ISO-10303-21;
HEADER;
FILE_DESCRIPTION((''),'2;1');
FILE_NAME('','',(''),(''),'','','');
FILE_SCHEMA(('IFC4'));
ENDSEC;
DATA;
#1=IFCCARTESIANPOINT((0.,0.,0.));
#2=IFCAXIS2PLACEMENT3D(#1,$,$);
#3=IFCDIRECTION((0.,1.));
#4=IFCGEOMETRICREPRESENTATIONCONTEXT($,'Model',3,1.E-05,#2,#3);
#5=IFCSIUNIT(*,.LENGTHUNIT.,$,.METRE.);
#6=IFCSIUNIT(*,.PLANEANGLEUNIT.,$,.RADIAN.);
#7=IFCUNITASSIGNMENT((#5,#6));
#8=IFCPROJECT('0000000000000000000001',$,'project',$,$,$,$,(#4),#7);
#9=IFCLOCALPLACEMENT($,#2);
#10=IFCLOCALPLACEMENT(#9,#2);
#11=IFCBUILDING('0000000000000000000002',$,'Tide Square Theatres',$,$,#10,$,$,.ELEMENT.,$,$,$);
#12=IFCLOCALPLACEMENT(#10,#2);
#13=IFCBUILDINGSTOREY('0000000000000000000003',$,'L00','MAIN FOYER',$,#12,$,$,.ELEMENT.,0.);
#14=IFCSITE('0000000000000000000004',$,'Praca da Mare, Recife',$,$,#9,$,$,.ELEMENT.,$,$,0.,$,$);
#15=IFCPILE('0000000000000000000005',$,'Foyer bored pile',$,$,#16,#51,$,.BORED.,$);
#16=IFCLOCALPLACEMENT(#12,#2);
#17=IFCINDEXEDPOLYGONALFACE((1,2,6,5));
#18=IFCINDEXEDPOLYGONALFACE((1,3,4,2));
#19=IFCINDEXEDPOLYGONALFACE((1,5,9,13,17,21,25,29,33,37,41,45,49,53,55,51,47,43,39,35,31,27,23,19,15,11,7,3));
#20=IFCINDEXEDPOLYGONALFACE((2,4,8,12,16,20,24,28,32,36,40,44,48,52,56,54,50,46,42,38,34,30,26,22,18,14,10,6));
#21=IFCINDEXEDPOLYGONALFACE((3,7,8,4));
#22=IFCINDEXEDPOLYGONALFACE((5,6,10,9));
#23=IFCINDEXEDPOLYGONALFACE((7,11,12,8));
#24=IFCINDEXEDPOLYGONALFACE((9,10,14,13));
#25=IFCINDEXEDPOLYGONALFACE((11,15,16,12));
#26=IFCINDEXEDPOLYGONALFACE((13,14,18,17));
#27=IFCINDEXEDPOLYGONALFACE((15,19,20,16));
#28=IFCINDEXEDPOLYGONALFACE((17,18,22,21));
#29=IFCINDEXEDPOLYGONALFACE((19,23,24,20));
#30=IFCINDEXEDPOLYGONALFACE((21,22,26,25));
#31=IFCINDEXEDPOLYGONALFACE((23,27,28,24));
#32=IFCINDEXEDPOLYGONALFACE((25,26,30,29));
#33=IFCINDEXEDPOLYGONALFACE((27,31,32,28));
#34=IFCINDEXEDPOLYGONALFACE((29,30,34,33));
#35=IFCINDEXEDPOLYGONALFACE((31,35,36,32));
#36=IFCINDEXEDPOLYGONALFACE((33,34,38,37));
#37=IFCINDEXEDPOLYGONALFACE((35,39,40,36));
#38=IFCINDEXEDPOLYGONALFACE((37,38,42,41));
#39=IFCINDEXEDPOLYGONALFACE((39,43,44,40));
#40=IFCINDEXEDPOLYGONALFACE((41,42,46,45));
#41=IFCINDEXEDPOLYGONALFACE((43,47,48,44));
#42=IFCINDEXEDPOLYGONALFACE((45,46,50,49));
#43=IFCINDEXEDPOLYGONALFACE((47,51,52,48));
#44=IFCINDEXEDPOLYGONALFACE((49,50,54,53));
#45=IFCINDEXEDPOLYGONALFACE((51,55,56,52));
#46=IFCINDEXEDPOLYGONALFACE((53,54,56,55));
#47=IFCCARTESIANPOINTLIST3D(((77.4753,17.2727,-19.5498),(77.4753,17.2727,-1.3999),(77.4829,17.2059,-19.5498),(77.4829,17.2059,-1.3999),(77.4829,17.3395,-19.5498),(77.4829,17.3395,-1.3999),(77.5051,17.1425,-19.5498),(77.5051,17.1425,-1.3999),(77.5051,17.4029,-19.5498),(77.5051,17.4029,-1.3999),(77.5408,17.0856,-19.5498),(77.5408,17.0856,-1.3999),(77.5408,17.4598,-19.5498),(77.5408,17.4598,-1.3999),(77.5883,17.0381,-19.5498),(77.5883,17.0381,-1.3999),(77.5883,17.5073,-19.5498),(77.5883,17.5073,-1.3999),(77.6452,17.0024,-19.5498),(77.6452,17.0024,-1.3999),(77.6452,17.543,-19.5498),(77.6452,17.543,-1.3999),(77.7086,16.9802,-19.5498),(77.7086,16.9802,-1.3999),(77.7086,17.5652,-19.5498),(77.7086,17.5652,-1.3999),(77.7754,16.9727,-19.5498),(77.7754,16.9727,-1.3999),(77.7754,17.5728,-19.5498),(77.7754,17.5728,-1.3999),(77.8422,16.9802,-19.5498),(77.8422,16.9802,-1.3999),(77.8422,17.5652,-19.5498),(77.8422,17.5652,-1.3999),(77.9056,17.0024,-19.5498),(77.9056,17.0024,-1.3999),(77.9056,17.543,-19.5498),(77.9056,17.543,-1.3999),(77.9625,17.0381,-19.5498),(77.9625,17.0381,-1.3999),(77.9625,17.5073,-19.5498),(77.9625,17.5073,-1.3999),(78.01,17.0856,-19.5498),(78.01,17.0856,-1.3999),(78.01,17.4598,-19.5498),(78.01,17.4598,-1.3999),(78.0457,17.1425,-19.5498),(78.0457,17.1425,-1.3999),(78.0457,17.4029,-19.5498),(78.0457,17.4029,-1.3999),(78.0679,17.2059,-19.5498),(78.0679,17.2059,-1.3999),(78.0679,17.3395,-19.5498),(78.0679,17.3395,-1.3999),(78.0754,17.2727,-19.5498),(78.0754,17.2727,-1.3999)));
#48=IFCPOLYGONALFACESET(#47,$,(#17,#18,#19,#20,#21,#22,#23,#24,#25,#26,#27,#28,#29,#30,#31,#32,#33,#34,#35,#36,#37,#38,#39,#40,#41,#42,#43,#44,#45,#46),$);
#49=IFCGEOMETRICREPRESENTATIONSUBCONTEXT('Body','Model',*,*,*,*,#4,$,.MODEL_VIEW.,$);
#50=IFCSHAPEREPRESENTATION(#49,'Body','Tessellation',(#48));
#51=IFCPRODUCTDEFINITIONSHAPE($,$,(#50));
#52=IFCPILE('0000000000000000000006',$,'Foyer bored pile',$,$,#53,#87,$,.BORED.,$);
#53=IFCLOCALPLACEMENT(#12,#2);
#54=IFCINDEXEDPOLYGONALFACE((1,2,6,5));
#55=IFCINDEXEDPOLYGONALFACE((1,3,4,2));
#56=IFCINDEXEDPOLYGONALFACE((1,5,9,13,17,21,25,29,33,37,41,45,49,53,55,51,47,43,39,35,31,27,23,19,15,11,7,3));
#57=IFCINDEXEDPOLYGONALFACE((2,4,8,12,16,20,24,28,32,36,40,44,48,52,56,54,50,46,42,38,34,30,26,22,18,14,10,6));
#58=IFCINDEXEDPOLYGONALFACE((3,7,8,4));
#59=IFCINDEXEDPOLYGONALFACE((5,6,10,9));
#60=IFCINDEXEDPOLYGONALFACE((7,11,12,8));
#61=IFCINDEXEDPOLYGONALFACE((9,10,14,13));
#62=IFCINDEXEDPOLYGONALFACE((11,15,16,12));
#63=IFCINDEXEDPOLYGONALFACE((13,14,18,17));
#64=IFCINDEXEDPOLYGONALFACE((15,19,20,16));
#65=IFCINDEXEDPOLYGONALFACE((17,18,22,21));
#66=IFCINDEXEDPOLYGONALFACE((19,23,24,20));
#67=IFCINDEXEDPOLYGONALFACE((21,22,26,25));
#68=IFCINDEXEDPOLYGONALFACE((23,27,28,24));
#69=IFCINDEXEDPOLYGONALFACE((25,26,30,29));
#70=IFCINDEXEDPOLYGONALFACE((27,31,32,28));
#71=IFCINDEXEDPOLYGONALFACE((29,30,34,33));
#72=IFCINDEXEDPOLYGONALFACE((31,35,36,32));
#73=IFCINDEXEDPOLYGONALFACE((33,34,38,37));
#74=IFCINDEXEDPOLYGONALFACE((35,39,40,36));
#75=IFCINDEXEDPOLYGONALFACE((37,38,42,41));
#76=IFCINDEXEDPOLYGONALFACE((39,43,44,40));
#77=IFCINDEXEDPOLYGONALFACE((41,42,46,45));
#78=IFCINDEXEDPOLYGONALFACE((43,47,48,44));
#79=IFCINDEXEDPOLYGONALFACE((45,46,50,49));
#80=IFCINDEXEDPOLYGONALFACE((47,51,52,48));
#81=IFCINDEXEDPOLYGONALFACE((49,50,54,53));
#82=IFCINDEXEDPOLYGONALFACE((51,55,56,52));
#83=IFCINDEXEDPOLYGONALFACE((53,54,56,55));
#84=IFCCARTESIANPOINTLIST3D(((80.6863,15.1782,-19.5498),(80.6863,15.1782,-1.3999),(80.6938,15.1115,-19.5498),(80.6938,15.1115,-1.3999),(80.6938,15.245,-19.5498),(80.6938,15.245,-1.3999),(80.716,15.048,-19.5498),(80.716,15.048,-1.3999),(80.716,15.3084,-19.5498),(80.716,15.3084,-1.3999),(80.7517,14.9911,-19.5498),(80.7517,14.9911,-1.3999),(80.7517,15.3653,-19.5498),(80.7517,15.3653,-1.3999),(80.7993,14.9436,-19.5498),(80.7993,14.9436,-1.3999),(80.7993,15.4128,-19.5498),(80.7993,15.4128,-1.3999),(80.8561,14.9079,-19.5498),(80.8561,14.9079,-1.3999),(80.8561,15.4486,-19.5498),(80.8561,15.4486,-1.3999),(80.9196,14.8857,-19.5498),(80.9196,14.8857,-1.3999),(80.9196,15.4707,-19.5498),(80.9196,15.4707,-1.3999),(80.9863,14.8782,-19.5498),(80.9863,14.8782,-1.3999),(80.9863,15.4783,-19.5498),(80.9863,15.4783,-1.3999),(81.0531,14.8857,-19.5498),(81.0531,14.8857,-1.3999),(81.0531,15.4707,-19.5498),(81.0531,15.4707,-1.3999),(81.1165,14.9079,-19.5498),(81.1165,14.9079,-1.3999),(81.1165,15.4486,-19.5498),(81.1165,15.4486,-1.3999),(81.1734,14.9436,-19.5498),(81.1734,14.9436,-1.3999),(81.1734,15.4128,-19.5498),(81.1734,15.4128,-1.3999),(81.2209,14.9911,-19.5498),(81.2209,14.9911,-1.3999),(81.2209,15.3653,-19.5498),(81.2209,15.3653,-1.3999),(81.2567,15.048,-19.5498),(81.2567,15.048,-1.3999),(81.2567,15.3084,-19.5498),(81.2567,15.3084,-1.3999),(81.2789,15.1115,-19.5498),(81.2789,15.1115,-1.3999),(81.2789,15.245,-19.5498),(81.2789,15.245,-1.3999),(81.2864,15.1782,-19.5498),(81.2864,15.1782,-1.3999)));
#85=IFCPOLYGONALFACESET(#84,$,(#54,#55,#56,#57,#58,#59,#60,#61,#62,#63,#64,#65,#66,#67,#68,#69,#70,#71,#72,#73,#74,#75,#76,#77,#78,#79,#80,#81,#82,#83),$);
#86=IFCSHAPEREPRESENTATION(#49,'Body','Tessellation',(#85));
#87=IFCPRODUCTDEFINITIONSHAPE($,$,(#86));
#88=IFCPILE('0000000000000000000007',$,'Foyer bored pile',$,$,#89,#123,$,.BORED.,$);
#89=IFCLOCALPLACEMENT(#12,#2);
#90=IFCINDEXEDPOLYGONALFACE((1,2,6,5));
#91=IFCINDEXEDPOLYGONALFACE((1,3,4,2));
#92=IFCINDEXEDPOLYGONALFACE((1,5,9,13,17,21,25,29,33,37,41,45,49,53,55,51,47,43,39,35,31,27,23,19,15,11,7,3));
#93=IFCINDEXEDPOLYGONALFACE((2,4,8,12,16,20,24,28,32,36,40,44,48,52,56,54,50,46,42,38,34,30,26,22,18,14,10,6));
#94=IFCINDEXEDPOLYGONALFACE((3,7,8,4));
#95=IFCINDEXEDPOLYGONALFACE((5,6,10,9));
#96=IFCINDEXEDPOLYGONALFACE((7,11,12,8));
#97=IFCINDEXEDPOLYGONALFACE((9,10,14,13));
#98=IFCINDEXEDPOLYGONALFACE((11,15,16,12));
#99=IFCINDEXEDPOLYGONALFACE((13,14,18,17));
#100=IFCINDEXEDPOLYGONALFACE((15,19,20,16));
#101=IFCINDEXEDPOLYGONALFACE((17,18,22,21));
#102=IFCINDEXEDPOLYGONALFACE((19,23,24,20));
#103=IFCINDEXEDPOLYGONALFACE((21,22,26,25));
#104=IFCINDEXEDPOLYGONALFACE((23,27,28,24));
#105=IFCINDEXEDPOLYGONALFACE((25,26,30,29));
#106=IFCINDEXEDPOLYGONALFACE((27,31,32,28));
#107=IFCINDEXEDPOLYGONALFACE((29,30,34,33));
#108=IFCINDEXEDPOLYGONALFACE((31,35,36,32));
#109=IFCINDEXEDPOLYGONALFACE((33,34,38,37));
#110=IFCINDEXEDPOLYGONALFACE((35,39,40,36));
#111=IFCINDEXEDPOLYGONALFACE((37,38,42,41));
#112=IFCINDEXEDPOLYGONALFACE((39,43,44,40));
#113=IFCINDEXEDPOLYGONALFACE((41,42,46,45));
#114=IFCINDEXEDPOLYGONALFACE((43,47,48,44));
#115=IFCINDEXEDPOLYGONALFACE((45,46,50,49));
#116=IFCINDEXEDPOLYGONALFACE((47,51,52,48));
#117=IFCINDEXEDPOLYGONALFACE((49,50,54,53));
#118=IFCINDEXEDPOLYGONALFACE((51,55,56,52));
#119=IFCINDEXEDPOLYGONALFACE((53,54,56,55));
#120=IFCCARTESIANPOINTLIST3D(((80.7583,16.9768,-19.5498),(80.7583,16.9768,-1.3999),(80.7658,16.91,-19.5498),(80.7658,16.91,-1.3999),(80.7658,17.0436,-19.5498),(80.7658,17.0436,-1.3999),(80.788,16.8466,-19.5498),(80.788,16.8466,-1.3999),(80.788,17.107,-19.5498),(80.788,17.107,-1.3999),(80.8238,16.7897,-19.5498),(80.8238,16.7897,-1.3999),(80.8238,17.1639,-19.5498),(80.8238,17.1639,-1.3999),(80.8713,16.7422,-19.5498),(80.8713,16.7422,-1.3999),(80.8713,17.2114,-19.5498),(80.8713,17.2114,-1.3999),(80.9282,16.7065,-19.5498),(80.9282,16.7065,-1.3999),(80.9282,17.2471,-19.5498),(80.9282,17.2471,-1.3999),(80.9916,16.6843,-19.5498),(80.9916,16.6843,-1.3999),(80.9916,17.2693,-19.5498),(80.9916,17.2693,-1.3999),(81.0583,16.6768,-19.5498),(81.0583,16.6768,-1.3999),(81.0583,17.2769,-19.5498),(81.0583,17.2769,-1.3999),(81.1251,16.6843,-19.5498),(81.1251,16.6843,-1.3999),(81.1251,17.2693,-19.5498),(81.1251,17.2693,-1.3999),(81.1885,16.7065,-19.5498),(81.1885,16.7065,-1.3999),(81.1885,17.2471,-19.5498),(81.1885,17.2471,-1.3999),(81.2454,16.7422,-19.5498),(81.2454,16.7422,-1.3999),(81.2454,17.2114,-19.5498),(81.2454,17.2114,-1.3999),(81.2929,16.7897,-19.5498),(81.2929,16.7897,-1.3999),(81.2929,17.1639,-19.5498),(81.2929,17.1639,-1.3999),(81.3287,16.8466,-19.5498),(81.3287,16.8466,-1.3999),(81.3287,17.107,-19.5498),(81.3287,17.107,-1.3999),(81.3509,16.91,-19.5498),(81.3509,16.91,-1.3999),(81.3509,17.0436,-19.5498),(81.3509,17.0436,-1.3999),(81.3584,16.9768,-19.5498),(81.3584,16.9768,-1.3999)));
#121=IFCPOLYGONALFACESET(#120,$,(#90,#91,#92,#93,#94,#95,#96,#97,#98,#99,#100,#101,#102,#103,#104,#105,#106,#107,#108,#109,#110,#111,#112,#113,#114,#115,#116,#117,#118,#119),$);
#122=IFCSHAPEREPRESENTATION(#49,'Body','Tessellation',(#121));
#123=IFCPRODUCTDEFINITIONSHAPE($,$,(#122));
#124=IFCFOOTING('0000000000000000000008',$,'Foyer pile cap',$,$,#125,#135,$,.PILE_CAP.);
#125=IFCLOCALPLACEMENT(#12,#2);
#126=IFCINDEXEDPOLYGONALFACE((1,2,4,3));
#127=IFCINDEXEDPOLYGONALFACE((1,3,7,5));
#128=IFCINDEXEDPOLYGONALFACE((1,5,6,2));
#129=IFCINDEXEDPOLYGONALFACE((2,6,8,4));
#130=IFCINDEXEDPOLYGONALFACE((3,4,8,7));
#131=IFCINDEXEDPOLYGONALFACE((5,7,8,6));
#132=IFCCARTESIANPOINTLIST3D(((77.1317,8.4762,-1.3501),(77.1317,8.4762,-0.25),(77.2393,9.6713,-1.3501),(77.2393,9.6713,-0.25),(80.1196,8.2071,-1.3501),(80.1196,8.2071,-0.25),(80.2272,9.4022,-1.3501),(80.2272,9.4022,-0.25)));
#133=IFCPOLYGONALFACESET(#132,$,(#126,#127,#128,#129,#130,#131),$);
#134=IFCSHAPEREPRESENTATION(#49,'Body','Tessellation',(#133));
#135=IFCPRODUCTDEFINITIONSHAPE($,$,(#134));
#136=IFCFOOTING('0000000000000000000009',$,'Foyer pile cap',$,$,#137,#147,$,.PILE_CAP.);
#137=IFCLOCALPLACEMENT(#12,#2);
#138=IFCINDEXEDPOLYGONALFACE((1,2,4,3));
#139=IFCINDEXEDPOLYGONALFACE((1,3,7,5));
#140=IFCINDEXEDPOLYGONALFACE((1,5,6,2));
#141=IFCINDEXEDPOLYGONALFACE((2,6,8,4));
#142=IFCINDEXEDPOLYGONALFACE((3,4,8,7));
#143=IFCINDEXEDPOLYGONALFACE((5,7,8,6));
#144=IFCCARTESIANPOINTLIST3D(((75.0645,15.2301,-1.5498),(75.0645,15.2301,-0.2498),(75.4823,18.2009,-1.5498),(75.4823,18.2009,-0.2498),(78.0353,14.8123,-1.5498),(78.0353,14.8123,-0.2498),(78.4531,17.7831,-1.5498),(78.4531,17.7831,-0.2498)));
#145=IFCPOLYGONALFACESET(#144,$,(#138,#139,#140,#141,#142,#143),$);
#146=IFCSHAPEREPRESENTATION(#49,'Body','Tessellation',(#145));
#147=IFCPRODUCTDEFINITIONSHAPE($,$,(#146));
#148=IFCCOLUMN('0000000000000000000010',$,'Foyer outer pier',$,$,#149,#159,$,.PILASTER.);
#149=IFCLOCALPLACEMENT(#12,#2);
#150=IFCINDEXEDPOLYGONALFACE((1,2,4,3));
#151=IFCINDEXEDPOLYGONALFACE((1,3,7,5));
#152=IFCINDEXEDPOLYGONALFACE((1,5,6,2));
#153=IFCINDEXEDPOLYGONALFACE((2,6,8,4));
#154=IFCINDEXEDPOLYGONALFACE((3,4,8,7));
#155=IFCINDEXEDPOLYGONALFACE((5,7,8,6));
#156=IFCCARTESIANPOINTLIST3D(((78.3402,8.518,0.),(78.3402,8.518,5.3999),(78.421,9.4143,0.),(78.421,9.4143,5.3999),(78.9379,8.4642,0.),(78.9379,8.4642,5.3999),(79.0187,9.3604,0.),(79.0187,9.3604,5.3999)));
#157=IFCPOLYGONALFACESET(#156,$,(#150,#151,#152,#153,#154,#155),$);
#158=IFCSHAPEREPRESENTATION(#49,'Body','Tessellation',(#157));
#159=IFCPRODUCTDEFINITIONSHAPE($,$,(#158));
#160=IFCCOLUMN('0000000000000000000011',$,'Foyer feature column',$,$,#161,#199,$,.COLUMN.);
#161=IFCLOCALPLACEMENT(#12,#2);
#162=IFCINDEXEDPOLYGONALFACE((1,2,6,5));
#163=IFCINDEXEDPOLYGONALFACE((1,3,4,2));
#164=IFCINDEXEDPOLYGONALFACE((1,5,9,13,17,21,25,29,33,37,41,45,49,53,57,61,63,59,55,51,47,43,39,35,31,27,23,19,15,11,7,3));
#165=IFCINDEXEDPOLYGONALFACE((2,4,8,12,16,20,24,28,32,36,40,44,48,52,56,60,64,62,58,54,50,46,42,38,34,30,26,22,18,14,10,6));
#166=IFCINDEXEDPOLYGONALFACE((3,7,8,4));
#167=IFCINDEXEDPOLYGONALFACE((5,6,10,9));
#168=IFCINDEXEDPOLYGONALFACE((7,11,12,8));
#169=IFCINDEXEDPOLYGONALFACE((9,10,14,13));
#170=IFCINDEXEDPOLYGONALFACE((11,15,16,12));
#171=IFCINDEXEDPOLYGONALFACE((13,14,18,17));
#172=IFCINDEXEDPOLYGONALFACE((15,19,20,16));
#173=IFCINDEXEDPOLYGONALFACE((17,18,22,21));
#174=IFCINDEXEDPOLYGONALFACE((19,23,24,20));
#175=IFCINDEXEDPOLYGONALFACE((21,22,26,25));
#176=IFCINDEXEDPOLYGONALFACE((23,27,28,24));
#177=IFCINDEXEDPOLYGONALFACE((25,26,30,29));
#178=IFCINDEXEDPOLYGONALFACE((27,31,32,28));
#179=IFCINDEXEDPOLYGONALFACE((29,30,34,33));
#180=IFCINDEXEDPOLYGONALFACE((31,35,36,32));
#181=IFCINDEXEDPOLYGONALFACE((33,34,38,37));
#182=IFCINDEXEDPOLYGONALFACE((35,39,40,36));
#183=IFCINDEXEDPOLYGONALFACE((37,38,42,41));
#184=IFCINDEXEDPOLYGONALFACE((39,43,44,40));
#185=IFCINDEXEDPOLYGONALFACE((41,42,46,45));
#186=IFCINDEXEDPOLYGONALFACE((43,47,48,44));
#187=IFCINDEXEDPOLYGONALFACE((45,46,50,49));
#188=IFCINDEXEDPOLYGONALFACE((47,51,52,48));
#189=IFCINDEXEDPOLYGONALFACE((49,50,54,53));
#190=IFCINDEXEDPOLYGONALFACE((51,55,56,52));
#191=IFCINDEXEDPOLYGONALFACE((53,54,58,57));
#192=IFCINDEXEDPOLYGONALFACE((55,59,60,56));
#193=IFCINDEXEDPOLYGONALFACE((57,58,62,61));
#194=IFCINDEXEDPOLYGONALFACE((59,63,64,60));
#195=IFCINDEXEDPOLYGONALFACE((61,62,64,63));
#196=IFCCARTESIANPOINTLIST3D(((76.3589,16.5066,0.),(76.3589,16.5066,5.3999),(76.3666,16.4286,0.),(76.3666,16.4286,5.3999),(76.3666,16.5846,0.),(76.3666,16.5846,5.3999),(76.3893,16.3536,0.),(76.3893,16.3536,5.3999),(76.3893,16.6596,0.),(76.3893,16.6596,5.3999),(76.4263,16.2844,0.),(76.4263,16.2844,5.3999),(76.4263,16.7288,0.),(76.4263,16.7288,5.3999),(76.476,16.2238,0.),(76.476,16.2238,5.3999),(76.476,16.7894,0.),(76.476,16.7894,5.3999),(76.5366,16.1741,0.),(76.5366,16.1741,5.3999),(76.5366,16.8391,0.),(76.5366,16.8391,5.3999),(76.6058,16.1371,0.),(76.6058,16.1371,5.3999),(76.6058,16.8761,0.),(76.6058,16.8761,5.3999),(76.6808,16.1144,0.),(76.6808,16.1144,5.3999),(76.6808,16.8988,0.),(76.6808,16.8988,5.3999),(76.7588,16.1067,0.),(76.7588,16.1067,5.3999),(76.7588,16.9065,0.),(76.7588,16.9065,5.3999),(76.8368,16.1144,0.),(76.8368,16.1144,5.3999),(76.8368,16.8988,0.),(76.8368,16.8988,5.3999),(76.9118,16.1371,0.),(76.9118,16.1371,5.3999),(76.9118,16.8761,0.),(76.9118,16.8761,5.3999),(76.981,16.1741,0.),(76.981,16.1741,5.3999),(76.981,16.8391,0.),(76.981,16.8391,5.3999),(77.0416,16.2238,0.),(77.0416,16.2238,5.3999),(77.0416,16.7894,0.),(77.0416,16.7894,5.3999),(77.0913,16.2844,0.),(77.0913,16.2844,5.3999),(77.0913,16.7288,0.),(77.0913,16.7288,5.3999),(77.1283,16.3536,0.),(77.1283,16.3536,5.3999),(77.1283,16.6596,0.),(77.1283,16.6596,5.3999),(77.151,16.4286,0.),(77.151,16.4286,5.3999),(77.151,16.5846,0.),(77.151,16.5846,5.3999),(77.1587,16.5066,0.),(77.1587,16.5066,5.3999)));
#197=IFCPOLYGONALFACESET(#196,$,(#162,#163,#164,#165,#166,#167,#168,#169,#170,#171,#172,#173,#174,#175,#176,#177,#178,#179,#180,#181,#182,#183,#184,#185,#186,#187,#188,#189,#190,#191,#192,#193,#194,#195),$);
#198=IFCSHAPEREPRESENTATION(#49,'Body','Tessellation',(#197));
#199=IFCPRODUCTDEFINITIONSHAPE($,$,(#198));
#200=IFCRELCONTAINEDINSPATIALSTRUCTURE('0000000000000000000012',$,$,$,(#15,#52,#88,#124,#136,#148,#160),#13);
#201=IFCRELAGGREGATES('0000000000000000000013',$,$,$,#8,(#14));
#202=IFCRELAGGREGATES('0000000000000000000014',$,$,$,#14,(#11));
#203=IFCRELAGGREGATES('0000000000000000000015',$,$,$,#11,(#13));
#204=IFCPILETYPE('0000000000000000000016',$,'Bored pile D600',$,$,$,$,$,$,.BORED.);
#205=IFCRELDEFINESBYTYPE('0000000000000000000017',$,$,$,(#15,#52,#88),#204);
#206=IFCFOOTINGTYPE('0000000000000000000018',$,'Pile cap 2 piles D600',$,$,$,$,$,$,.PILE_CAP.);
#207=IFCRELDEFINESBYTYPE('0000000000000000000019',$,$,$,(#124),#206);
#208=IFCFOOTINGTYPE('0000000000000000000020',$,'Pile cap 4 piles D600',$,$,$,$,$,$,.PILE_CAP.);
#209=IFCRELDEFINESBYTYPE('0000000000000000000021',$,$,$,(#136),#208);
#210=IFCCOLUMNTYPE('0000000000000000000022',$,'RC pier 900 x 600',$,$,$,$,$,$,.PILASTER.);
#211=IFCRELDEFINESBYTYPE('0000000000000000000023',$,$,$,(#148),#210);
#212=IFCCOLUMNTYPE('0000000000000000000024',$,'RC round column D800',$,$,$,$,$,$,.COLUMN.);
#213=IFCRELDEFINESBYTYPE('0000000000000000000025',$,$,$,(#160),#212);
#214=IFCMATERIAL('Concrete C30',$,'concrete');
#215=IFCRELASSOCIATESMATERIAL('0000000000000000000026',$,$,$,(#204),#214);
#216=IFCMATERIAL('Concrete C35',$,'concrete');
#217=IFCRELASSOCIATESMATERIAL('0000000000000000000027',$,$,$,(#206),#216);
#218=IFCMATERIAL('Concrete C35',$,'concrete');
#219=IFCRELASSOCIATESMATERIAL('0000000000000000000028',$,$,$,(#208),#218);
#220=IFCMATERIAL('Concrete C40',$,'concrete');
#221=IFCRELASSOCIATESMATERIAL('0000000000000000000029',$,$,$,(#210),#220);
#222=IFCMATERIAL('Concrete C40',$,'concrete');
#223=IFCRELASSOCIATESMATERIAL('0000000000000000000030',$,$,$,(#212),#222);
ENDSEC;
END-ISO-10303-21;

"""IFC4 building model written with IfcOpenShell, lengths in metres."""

from ifc_helpers import new_model, si_unit, direction, frame, origin, origin_2d, place, context, subcontext, project, spatial, rectangle, circle, extrude, material, material_profile, profile_set, type_object, element, save


model = new_model("IFC4")

# Units and contexts
model_context = context("Model", 3, precision=1e-05, world=origin(), true_north=direction((0.0, 1.0)))
body_context = subcontext(model_context, "Body", "Model", "MODEL_VIEW")
ifc_project = project(units=[si_unit("LENGTHUNIT", "METRE"), si_unit("PLANEANGLEUNIT", "RADIAN")], contexts=[model_context])

# Site, building, storey
site_placement = place(None, origin())
site = spatial("IfcSite", under=ifc_project, at=site_placement, Name="Praca da Mare, Recife", CompositionType="ELEMENT", RefElevation=0.0)
building_placement = place(site_placement, origin())
building = spatial("IfcBuilding", under=site, at=building_placement, Name="Tide Square Theatres", CompositionType="ELEMENT")
storey_placement = place(building_placement, origin())
storey = spatial("IfcBuildingStorey", under=building, at=storey_placement, Name="L00", Description="MAIN FOYER", CompositionType="ELEMENT", Elevation=0.0)

# Piles
ifc_material_1 = material(Name="Concrete C30", Category="concrete")
ifc_material_profile_1 = material_profile(ifc_material_1, circle(Radius=0.3, at=origin_2d()))
ifc_profile_set_1 = profile_set([ifc_material_profile_1], Name="Concrete C30")
pile_type = type_object("IfcPileType", Name="Bored pile D600", PredefinedType="BORED", material=ifc_profile_set_1)
for number, where, z_axis, x_axis, name in (
    (1, (77.7754, 17.2727, -1.3999), (0.0, 0.0, -1.0), (1.0, 0.0, 0.0), "Foyer bored pile"),
    (2, (80.9863, 15.1782, -1.3999), (0.0, 0.0, -1.0), (1.0, 0.0, 0.0), "Foyer bored pile"),
    (3, (81.0583, 16.9768, -1.3999), (0.0, 0.0, -1.0), (1.0, 0.0, 0.0), "Foyer bored pile"),
):
    element("IfcPile", number, at=place(storey_placement, frame(where, z_axis=z_axis, x_axis=x_axis)), inside=storey, type_object=pile_type, Name=name, PredefinedType="BORED", context=body_context, shape_type="SweptSolid", body=[
        extrude(circle(Radius=0.3, at=origin_2d()), origin(), (0.0, 0.0, 1.0), 18.1499),
    ])

# Footings
ifc_material_2 = material(Name="Concrete C35", Category="concrete")
footing_type_1 = type_object("IfcFootingType", Name="Pile cap 2 piles D600", PredefinedType="PILE_CAP", material=ifc_material_2)
footing_1_placement = place(storey_placement, frame((78.6794, 8.9392, -1.3501), z_axis=(0.0, 0.0, 1.0), x_axis=(0.995967, -0.089723, 0.0)))
element("IfcFooting", 4, at=footing_1_placement, inside=storey, type_object=footing_type_1, Name="Foyer pile cap", PredefinedType="PILE_CAP", context=body_context, shape_type="SweptSolid", body=[
    extrude(rectangle(XDim=3.0, YDim=1.2, at=origin_2d()), origin(), (0.0, 0.0, 1.0), 1.1001),
])
ifc_material_3 = material(Name="Concrete C35", Category="concrete")
footing_type_2 = type_object("IfcFootingType", Name="Pile cap 4 piles D600", PredefinedType="PILE_CAP", material=ifc_material_3)
footing_2_placement = place(storey_placement, frame((76.7588, 16.5066, -1.5498), z_axis=(0.0, 0.0, 1.0), x_axis=(0.990257, -0.139254, 0.0)))
element("IfcFooting", 5, at=footing_2_placement, inside=storey, type_object=footing_type_2, Name="Foyer pile cap", PredefinedType="PILE_CAP", context=body_context, shape_type="SweptSolid", body=[
    extrude(rectangle(XDim=3.0, YDim=3.0, at=origin_2d()), origin(), (0.0, 0.0, 1.0), 1.3),
])

# Columns
ifc_material_4 = material(Name="Concrete C40", Category="concrete")
ifc_material_profile_2 = material_profile(ifc_material_4, rectangle(XDim=0.8999, YDim=0.6001, at=origin_2d()))
ifc_profile_set_2 = profile_set([ifc_material_profile_2], Name="Concrete C40")
column_type_1 = type_object("IfcColumnType", Name="RC pier 900 x 600", PredefinedType="PILASTER", material=ifc_profile_set_2)
column_1_placement = place(storey_placement, frame((78.6794, 8.9392, 0.0), z_axis=(0.0, 0.0, 1.0), x_axis=(-0.089723, -0.995967, 0.0)))
element("IfcColumn", 6, at=column_1_placement, inside=storey, type_object=column_type_1, Name="Foyer outer pier", PredefinedType="PILASTER", context=body_context, shape_type="SweptSolid", body=[
    extrude(rectangle(XDim=0.8999, YDim=0.6001, at=origin_2d()), origin(), (0.0, 0.0, 1.0), 5.3999),
])
ifc_material_5 = material(Name="Concrete C40", Category="concrete")
ifc_material_profile_3 = material_profile(ifc_material_5, circle(Radius=0.3999, at=origin_2d()))
ifc_profile_set_3 = profile_set([ifc_material_profile_3], Name="Concrete C40")
column_type_2 = type_object("IfcColumnType", Name="RC round column D800", PredefinedType="COLUMN", material=ifc_profile_set_3)
column_2_placement = place(storey_placement, frame((76.7588, 16.5066, 0.0), z_axis=(0.0, 0.0, 1.0), x_axis=(1.0, 0.0, 0.0)))
element("IfcColumn", 7, at=column_2_placement, inside=storey, type_object=column_type_2, Name="Foyer feature column", PredefinedType="COLUMN", context=body_context, shape_type="SweptSolid", body=[
    extrude(circle(Radius=0.3999, at=origin_2d()), origin(), (0.0, 0.0, 1.0), 5.3999),
])

save(model, "model.ifc")
